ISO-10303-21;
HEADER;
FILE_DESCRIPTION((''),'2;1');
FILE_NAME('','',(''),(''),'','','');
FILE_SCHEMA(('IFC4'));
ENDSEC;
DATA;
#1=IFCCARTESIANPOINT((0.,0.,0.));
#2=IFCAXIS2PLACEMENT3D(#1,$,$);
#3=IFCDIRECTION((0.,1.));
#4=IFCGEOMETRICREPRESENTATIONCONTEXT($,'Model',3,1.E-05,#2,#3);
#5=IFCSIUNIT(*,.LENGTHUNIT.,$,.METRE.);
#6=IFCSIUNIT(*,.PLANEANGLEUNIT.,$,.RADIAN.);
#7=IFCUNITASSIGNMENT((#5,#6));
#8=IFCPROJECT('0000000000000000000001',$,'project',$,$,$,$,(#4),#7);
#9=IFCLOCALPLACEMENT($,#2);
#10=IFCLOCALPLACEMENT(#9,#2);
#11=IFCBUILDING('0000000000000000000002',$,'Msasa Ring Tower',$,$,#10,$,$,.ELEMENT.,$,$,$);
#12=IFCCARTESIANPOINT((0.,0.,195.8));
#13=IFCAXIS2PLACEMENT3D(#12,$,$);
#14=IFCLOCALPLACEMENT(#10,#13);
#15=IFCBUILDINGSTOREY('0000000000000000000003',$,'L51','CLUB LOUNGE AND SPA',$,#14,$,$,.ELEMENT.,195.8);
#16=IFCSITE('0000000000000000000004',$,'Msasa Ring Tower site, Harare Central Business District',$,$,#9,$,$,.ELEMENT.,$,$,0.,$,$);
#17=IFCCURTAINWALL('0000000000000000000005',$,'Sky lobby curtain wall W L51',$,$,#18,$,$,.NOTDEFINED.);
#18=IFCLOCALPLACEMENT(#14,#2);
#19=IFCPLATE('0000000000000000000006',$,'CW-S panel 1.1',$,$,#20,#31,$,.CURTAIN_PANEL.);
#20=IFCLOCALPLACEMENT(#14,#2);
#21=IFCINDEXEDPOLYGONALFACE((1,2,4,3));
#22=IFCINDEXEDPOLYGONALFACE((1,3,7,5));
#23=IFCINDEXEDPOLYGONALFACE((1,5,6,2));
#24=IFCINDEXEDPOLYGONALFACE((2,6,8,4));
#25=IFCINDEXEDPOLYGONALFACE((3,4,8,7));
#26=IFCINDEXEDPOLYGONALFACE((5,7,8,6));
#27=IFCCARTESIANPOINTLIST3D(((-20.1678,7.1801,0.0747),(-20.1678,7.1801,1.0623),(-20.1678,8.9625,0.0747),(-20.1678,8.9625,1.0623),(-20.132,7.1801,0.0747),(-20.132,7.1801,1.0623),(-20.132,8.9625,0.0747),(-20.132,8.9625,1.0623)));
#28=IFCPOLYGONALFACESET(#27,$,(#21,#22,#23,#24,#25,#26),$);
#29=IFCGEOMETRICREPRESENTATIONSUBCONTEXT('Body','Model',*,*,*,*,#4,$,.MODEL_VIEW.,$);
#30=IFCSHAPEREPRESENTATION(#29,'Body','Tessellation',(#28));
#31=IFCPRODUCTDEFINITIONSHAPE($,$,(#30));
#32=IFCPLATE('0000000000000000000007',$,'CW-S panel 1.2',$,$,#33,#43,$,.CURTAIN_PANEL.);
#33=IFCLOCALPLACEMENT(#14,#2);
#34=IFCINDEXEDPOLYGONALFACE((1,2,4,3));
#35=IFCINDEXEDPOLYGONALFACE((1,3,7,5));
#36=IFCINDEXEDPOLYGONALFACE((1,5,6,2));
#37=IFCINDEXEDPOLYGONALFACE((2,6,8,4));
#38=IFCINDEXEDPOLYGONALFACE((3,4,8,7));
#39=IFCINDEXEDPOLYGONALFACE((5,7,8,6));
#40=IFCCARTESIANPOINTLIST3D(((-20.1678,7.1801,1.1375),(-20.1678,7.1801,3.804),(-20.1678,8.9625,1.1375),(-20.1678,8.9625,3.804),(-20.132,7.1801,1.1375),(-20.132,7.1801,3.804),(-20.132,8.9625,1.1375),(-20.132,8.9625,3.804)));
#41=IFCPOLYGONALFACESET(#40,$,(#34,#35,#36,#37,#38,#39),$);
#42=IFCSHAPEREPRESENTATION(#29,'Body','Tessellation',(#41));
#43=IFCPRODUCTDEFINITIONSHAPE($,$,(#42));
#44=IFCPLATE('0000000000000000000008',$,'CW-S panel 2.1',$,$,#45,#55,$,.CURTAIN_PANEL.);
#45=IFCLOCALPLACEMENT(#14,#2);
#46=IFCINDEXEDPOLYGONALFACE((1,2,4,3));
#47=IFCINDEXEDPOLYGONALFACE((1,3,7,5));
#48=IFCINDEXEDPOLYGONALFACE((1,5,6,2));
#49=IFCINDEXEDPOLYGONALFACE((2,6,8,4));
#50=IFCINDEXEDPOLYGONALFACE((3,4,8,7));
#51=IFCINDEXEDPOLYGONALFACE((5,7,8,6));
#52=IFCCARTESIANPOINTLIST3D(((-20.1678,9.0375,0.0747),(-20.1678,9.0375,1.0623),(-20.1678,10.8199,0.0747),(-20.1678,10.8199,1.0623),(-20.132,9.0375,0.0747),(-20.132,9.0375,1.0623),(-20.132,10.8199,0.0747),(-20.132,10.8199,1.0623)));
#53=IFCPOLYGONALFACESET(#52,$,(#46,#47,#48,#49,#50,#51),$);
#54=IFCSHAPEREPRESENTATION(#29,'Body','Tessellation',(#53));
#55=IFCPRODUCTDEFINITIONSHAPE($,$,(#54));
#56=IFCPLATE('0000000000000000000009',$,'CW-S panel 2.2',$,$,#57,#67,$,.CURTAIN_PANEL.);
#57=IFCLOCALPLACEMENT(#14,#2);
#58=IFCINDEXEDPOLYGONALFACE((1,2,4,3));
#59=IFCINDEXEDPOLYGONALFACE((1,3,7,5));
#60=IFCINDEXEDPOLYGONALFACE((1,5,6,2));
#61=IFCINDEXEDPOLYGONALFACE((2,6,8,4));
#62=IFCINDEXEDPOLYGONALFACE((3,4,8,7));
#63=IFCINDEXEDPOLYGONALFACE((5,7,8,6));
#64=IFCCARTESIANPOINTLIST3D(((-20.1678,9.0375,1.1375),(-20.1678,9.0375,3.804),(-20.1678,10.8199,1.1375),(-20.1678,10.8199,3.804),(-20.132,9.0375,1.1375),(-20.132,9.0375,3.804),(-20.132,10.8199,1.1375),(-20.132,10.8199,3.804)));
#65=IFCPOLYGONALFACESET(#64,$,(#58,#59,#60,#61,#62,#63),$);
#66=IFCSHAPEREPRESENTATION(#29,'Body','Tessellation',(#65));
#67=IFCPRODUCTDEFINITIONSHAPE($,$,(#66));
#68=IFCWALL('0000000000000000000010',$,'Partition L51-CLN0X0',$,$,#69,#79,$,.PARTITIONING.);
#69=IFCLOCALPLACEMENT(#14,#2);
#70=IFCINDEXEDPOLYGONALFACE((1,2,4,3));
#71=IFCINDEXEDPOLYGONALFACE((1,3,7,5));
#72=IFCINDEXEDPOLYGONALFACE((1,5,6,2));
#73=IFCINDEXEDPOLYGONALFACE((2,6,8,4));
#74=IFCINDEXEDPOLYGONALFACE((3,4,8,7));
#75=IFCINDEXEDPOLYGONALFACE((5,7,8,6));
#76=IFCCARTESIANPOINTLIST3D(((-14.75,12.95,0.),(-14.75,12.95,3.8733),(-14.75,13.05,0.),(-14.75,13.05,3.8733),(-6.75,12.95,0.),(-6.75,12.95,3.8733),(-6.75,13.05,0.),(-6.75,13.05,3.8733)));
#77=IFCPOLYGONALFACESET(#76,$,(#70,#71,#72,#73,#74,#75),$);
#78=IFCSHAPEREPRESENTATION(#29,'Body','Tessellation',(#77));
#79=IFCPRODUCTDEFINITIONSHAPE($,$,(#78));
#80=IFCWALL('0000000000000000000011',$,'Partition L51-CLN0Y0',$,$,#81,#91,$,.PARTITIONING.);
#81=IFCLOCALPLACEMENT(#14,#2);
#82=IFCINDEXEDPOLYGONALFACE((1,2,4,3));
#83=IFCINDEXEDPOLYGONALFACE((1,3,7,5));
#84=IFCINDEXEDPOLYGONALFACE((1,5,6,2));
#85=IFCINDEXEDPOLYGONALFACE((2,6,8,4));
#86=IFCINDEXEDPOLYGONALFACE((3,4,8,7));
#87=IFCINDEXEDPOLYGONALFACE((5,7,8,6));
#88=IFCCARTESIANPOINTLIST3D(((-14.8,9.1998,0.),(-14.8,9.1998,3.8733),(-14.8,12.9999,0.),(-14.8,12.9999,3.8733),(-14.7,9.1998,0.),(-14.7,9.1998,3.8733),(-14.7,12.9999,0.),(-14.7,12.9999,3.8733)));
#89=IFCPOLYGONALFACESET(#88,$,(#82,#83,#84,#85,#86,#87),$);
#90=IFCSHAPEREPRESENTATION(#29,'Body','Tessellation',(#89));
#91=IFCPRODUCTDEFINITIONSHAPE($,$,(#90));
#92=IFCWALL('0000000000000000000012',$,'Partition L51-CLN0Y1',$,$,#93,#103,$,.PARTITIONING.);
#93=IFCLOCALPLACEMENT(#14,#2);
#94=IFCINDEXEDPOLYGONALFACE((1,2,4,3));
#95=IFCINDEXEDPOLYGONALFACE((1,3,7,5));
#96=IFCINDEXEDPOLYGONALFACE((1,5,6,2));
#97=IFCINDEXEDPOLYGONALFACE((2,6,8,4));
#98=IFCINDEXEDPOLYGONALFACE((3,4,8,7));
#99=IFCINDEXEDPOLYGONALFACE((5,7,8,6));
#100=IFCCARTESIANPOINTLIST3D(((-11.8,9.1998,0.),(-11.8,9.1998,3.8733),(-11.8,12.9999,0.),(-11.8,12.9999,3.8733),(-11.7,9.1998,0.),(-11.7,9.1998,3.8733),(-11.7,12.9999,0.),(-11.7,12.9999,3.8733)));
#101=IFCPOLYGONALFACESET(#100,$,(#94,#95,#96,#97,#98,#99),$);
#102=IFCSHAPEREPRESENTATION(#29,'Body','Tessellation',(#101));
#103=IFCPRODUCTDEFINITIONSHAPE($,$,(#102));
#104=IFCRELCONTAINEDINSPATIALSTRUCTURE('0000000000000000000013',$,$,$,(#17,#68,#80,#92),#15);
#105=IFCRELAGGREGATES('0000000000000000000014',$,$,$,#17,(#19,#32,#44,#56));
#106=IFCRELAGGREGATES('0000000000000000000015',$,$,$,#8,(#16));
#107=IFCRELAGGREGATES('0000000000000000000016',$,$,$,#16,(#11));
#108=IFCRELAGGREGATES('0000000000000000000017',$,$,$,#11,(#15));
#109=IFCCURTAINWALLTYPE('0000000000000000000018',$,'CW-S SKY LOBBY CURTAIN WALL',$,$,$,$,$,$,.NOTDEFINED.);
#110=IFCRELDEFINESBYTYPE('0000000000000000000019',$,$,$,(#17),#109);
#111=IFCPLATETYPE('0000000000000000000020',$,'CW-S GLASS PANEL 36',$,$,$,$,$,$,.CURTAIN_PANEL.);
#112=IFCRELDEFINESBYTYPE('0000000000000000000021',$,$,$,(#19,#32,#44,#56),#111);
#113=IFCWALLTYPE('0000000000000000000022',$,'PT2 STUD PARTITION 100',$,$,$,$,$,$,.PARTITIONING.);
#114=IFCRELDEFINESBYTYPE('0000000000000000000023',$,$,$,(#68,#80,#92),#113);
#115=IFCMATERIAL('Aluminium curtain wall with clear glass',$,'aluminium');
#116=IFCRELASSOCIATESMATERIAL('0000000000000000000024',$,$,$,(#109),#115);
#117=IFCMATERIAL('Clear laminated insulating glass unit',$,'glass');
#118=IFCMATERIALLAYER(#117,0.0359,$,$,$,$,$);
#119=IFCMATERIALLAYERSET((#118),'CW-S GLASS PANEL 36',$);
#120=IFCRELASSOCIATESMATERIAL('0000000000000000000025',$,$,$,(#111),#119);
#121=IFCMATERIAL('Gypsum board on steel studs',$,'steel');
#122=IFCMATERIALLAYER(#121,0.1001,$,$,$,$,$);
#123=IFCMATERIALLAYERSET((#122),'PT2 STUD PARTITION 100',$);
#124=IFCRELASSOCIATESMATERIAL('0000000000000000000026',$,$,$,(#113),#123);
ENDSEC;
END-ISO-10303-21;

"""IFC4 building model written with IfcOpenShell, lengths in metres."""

from ifc_helpers import new_model, si_unit, direction, frame, frame_2d, origin, origin_2d, place, context, subcontext, project, spatial, rectangle, extrude, material, layer, layer_set, type_object, element, aggregate, save


model = new_model("IFC4")

# Units and contexts
model_context = context("Model", 3, precision=1e-05, world=origin(), true_north=direction((0.0, 1.0)))
body_context = subcontext(model_context, "Body", "Model", "MODEL_VIEW")
ifc_project = project(units=[si_unit("LENGTHUNIT", "METRE"), si_unit("PLANEANGLEUNIT", "RADIAN")], contexts=[model_context])

# Site, building, storey
site_placement = place(None, origin())
site = spatial("IfcSite", under=ifc_project, at=site_placement, Name="Msasa Ring Tower site, Harare Central Business District", CompositionType="ELEMENT", RefElevation=0.0)
building_placement = place(site_placement, origin())
building = spatial("IfcBuilding", under=site, at=building_placement, Name="Msasa Ring Tower", CompositionType="ELEMENT")
storey_placement = place(building_placement, frame((0.0, 0.0, 195.8)))
storey = spatial("IfcBuildingStorey", under=building, at=storey_placement, Name="L51", Description="CLUB LOUNGE AND SPA", CompositionType="ELEMENT", Elevation=195.8)

# Curtain wall
ifc_material_1 = material(Name="Aluminium curtain wall with clear glass", Category="aluminium")
curtain_wall_type_1 = type_object("IfcCurtainWallType", Name="CW-S SKY LOBBY CURTAIN WALL", PredefinedType="NOTDEFINED", material=ifc_material_1)
curtain_wall_1_placement = place(storey_placement, origin())
curtain_wall_1 = element("IfcCurtainWall", 1, at=curtain_wall_1_placement, inside=storey, type_object=curtain_wall_type_1, Name="Sky lobby curtain wall W L51", PredefinedType="NOTDEFINED")

# Plates
ifc_material_2 = material(Name="Clear laminated insulating glass unit", Category="glass")
ifc_layer_1 = layer(ifc_material_2, 0.0359)
ifc_layer_set_1 = layer_set([ifc_layer_1], Name="CW-S GLASS PANEL 36")
plate_type_1 = type_object("IfcPlateType", Name="CW-S GLASS PANEL 36", PredefinedType="CURTAIN_PANEL", material=ifc_layer_set_1)
plate_1_placement = place(storey_placement, frame((-20.1499, 8.0713, 0.0747), z_axis=(0.0, 0.0, 1.0), x_axis=(0.0, 1.0, 0.0)))
plate_1 = element("IfcPlate", 2, at=plate_1_placement, type_object=plate_type_1, Name="CW-S panel 1.1", PredefinedType="CURTAIN_PANEL", context=body_context, shape_type="SweptSolid", body=[
    extrude(rectangle(XDim=1.7825, YDim=0.0359, at=origin_2d()), origin(), (0.0, 0.0, 1.0), 0.9875),
])
plate_2_placement = place(storey_placement, frame((-20.1499, 8.0713, 1.1375), z_axis=(0.0, 0.0, 1.0), x_axis=(0.0, 1.0, 0.0)))
plate_2 = element("IfcPlate", 3, at=plate_2_placement, type_object=plate_type_1, Name="CW-S panel 1.2", PredefinedType="CURTAIN_PANEL", context=body_context, shape_type="SweptSolid", body=[
    extrude(rectangle(XDim=1.7825, YDim=0.0359, at=origin_2d()), origin(), (0.0, 0.0, 1.0), 2.6665),
])
plate_3_placement = place(storey_placement, frame((-20.1499, 9.9287, 0.0747), z_axis=(0.0, 0.0, 1.0), x_axis=(0.0, 1.0, 0.0)))
plate_3 = element("IfcPlate", 4, at=plate_3_placement, type_object=plate_type_1, Name="CW-S panel 2.1", PredefinedType="CURTAIN_PANEL", context=body_context, shape_type="SweptSolid", body=[
    extrude(rectangle(XDim=1.7825, YDim=0.0359, at=origin_2d()), origin(), (0.0, 0.0, 1.0), 0.9875),
])
plate_4_placement = place(storey_placement, frame((-20.1499, 9.9287, 1.1375), z_axis=(0.0, 0.0, 1.0), x_axis=(0.0, 1.0, 0.0)))
plate_4 = element("IfcPlate", 5, at=plate_4_placement, type_object=plate_type_1, Name="CW-S panel 2.2", PredefinedType="CURTAIN_PANEL", context=body_context, shape_type="SweptSolid", body=[
    extrude(rectangle(XDim=1.7825, YDim=0.0359, at=origin_2d()), origin(), (0.0, 0.0, 1.0), 2.6665),
])
aggregate(curtain_wall_1, [plate_1, plate_2, plate_3, plate_4])

# Walls
ifc_material_3 = material(Name="Gypsum board on steel studs", Category="steel")
ifc_layer_2 = layer(ifc_material_3, 0.1001)
ifc_layer_set_2 = layer_set([ifc_layer_2], Name="PT2 STUD PARTITION 100")
wall_type_1 = type_object("IfcWallType", Name="PT2 STUD PARTITION 100", PredefinedType="PARTITIONING", material=ifc_layer_set_2)
wall_1_placement = place(storey_placement, frame((-14.75, 13.0, 0.0), z_axis=(0.0, 0.0, 1.0), x_axis=(1.0, 0.0, 0.0)))
element("IfcWall", 6, at=wall_1_placement, inside=storey, type_object=wall_type_1, Name="Partition L51-CLN0X0", PredefinedType="PARTITIONING", context=body_context, shape_type="SweptSolid", body=[
    extrude(rectangle(XDim=8.0, YDim=0.1001, at=frame_2d((4.0, 0.0))), origin(), (0.0, 0.0, 1.0), 3.8733),
])
for number, where, z_axis, x_axis, name in (
    (7, (-14.75, 9.2, 0.0), (0.0, 0.0, 1.0), (0.0, 1.0, 0.0), "Partition L51-CLN0Y0"),
    (8, (-11.75, 9.2, 0.0), (0.0, 0.0, 1.0), (0.0, 1.0, 0.0), "Partition L51-CLN0Y1"),
):
    element("IfcWall", number, at=place(storey_placement, frame(where, z_axis=z_axis, x_axis=x_axis)), inside=storey, type_object=wall_type_1, Name=name, PredefinedType="PARTITIONING", context=body_context, shape_type="SweptSolid", body=[
        extrude(rectangle(XDim=3.8, YDim=0.1001, at=frame_2d((1.8999, 0.0))), origin(), (0.0, 0.0, 1.0), 3.8733),
    ])

save(model, "model.ifc")
